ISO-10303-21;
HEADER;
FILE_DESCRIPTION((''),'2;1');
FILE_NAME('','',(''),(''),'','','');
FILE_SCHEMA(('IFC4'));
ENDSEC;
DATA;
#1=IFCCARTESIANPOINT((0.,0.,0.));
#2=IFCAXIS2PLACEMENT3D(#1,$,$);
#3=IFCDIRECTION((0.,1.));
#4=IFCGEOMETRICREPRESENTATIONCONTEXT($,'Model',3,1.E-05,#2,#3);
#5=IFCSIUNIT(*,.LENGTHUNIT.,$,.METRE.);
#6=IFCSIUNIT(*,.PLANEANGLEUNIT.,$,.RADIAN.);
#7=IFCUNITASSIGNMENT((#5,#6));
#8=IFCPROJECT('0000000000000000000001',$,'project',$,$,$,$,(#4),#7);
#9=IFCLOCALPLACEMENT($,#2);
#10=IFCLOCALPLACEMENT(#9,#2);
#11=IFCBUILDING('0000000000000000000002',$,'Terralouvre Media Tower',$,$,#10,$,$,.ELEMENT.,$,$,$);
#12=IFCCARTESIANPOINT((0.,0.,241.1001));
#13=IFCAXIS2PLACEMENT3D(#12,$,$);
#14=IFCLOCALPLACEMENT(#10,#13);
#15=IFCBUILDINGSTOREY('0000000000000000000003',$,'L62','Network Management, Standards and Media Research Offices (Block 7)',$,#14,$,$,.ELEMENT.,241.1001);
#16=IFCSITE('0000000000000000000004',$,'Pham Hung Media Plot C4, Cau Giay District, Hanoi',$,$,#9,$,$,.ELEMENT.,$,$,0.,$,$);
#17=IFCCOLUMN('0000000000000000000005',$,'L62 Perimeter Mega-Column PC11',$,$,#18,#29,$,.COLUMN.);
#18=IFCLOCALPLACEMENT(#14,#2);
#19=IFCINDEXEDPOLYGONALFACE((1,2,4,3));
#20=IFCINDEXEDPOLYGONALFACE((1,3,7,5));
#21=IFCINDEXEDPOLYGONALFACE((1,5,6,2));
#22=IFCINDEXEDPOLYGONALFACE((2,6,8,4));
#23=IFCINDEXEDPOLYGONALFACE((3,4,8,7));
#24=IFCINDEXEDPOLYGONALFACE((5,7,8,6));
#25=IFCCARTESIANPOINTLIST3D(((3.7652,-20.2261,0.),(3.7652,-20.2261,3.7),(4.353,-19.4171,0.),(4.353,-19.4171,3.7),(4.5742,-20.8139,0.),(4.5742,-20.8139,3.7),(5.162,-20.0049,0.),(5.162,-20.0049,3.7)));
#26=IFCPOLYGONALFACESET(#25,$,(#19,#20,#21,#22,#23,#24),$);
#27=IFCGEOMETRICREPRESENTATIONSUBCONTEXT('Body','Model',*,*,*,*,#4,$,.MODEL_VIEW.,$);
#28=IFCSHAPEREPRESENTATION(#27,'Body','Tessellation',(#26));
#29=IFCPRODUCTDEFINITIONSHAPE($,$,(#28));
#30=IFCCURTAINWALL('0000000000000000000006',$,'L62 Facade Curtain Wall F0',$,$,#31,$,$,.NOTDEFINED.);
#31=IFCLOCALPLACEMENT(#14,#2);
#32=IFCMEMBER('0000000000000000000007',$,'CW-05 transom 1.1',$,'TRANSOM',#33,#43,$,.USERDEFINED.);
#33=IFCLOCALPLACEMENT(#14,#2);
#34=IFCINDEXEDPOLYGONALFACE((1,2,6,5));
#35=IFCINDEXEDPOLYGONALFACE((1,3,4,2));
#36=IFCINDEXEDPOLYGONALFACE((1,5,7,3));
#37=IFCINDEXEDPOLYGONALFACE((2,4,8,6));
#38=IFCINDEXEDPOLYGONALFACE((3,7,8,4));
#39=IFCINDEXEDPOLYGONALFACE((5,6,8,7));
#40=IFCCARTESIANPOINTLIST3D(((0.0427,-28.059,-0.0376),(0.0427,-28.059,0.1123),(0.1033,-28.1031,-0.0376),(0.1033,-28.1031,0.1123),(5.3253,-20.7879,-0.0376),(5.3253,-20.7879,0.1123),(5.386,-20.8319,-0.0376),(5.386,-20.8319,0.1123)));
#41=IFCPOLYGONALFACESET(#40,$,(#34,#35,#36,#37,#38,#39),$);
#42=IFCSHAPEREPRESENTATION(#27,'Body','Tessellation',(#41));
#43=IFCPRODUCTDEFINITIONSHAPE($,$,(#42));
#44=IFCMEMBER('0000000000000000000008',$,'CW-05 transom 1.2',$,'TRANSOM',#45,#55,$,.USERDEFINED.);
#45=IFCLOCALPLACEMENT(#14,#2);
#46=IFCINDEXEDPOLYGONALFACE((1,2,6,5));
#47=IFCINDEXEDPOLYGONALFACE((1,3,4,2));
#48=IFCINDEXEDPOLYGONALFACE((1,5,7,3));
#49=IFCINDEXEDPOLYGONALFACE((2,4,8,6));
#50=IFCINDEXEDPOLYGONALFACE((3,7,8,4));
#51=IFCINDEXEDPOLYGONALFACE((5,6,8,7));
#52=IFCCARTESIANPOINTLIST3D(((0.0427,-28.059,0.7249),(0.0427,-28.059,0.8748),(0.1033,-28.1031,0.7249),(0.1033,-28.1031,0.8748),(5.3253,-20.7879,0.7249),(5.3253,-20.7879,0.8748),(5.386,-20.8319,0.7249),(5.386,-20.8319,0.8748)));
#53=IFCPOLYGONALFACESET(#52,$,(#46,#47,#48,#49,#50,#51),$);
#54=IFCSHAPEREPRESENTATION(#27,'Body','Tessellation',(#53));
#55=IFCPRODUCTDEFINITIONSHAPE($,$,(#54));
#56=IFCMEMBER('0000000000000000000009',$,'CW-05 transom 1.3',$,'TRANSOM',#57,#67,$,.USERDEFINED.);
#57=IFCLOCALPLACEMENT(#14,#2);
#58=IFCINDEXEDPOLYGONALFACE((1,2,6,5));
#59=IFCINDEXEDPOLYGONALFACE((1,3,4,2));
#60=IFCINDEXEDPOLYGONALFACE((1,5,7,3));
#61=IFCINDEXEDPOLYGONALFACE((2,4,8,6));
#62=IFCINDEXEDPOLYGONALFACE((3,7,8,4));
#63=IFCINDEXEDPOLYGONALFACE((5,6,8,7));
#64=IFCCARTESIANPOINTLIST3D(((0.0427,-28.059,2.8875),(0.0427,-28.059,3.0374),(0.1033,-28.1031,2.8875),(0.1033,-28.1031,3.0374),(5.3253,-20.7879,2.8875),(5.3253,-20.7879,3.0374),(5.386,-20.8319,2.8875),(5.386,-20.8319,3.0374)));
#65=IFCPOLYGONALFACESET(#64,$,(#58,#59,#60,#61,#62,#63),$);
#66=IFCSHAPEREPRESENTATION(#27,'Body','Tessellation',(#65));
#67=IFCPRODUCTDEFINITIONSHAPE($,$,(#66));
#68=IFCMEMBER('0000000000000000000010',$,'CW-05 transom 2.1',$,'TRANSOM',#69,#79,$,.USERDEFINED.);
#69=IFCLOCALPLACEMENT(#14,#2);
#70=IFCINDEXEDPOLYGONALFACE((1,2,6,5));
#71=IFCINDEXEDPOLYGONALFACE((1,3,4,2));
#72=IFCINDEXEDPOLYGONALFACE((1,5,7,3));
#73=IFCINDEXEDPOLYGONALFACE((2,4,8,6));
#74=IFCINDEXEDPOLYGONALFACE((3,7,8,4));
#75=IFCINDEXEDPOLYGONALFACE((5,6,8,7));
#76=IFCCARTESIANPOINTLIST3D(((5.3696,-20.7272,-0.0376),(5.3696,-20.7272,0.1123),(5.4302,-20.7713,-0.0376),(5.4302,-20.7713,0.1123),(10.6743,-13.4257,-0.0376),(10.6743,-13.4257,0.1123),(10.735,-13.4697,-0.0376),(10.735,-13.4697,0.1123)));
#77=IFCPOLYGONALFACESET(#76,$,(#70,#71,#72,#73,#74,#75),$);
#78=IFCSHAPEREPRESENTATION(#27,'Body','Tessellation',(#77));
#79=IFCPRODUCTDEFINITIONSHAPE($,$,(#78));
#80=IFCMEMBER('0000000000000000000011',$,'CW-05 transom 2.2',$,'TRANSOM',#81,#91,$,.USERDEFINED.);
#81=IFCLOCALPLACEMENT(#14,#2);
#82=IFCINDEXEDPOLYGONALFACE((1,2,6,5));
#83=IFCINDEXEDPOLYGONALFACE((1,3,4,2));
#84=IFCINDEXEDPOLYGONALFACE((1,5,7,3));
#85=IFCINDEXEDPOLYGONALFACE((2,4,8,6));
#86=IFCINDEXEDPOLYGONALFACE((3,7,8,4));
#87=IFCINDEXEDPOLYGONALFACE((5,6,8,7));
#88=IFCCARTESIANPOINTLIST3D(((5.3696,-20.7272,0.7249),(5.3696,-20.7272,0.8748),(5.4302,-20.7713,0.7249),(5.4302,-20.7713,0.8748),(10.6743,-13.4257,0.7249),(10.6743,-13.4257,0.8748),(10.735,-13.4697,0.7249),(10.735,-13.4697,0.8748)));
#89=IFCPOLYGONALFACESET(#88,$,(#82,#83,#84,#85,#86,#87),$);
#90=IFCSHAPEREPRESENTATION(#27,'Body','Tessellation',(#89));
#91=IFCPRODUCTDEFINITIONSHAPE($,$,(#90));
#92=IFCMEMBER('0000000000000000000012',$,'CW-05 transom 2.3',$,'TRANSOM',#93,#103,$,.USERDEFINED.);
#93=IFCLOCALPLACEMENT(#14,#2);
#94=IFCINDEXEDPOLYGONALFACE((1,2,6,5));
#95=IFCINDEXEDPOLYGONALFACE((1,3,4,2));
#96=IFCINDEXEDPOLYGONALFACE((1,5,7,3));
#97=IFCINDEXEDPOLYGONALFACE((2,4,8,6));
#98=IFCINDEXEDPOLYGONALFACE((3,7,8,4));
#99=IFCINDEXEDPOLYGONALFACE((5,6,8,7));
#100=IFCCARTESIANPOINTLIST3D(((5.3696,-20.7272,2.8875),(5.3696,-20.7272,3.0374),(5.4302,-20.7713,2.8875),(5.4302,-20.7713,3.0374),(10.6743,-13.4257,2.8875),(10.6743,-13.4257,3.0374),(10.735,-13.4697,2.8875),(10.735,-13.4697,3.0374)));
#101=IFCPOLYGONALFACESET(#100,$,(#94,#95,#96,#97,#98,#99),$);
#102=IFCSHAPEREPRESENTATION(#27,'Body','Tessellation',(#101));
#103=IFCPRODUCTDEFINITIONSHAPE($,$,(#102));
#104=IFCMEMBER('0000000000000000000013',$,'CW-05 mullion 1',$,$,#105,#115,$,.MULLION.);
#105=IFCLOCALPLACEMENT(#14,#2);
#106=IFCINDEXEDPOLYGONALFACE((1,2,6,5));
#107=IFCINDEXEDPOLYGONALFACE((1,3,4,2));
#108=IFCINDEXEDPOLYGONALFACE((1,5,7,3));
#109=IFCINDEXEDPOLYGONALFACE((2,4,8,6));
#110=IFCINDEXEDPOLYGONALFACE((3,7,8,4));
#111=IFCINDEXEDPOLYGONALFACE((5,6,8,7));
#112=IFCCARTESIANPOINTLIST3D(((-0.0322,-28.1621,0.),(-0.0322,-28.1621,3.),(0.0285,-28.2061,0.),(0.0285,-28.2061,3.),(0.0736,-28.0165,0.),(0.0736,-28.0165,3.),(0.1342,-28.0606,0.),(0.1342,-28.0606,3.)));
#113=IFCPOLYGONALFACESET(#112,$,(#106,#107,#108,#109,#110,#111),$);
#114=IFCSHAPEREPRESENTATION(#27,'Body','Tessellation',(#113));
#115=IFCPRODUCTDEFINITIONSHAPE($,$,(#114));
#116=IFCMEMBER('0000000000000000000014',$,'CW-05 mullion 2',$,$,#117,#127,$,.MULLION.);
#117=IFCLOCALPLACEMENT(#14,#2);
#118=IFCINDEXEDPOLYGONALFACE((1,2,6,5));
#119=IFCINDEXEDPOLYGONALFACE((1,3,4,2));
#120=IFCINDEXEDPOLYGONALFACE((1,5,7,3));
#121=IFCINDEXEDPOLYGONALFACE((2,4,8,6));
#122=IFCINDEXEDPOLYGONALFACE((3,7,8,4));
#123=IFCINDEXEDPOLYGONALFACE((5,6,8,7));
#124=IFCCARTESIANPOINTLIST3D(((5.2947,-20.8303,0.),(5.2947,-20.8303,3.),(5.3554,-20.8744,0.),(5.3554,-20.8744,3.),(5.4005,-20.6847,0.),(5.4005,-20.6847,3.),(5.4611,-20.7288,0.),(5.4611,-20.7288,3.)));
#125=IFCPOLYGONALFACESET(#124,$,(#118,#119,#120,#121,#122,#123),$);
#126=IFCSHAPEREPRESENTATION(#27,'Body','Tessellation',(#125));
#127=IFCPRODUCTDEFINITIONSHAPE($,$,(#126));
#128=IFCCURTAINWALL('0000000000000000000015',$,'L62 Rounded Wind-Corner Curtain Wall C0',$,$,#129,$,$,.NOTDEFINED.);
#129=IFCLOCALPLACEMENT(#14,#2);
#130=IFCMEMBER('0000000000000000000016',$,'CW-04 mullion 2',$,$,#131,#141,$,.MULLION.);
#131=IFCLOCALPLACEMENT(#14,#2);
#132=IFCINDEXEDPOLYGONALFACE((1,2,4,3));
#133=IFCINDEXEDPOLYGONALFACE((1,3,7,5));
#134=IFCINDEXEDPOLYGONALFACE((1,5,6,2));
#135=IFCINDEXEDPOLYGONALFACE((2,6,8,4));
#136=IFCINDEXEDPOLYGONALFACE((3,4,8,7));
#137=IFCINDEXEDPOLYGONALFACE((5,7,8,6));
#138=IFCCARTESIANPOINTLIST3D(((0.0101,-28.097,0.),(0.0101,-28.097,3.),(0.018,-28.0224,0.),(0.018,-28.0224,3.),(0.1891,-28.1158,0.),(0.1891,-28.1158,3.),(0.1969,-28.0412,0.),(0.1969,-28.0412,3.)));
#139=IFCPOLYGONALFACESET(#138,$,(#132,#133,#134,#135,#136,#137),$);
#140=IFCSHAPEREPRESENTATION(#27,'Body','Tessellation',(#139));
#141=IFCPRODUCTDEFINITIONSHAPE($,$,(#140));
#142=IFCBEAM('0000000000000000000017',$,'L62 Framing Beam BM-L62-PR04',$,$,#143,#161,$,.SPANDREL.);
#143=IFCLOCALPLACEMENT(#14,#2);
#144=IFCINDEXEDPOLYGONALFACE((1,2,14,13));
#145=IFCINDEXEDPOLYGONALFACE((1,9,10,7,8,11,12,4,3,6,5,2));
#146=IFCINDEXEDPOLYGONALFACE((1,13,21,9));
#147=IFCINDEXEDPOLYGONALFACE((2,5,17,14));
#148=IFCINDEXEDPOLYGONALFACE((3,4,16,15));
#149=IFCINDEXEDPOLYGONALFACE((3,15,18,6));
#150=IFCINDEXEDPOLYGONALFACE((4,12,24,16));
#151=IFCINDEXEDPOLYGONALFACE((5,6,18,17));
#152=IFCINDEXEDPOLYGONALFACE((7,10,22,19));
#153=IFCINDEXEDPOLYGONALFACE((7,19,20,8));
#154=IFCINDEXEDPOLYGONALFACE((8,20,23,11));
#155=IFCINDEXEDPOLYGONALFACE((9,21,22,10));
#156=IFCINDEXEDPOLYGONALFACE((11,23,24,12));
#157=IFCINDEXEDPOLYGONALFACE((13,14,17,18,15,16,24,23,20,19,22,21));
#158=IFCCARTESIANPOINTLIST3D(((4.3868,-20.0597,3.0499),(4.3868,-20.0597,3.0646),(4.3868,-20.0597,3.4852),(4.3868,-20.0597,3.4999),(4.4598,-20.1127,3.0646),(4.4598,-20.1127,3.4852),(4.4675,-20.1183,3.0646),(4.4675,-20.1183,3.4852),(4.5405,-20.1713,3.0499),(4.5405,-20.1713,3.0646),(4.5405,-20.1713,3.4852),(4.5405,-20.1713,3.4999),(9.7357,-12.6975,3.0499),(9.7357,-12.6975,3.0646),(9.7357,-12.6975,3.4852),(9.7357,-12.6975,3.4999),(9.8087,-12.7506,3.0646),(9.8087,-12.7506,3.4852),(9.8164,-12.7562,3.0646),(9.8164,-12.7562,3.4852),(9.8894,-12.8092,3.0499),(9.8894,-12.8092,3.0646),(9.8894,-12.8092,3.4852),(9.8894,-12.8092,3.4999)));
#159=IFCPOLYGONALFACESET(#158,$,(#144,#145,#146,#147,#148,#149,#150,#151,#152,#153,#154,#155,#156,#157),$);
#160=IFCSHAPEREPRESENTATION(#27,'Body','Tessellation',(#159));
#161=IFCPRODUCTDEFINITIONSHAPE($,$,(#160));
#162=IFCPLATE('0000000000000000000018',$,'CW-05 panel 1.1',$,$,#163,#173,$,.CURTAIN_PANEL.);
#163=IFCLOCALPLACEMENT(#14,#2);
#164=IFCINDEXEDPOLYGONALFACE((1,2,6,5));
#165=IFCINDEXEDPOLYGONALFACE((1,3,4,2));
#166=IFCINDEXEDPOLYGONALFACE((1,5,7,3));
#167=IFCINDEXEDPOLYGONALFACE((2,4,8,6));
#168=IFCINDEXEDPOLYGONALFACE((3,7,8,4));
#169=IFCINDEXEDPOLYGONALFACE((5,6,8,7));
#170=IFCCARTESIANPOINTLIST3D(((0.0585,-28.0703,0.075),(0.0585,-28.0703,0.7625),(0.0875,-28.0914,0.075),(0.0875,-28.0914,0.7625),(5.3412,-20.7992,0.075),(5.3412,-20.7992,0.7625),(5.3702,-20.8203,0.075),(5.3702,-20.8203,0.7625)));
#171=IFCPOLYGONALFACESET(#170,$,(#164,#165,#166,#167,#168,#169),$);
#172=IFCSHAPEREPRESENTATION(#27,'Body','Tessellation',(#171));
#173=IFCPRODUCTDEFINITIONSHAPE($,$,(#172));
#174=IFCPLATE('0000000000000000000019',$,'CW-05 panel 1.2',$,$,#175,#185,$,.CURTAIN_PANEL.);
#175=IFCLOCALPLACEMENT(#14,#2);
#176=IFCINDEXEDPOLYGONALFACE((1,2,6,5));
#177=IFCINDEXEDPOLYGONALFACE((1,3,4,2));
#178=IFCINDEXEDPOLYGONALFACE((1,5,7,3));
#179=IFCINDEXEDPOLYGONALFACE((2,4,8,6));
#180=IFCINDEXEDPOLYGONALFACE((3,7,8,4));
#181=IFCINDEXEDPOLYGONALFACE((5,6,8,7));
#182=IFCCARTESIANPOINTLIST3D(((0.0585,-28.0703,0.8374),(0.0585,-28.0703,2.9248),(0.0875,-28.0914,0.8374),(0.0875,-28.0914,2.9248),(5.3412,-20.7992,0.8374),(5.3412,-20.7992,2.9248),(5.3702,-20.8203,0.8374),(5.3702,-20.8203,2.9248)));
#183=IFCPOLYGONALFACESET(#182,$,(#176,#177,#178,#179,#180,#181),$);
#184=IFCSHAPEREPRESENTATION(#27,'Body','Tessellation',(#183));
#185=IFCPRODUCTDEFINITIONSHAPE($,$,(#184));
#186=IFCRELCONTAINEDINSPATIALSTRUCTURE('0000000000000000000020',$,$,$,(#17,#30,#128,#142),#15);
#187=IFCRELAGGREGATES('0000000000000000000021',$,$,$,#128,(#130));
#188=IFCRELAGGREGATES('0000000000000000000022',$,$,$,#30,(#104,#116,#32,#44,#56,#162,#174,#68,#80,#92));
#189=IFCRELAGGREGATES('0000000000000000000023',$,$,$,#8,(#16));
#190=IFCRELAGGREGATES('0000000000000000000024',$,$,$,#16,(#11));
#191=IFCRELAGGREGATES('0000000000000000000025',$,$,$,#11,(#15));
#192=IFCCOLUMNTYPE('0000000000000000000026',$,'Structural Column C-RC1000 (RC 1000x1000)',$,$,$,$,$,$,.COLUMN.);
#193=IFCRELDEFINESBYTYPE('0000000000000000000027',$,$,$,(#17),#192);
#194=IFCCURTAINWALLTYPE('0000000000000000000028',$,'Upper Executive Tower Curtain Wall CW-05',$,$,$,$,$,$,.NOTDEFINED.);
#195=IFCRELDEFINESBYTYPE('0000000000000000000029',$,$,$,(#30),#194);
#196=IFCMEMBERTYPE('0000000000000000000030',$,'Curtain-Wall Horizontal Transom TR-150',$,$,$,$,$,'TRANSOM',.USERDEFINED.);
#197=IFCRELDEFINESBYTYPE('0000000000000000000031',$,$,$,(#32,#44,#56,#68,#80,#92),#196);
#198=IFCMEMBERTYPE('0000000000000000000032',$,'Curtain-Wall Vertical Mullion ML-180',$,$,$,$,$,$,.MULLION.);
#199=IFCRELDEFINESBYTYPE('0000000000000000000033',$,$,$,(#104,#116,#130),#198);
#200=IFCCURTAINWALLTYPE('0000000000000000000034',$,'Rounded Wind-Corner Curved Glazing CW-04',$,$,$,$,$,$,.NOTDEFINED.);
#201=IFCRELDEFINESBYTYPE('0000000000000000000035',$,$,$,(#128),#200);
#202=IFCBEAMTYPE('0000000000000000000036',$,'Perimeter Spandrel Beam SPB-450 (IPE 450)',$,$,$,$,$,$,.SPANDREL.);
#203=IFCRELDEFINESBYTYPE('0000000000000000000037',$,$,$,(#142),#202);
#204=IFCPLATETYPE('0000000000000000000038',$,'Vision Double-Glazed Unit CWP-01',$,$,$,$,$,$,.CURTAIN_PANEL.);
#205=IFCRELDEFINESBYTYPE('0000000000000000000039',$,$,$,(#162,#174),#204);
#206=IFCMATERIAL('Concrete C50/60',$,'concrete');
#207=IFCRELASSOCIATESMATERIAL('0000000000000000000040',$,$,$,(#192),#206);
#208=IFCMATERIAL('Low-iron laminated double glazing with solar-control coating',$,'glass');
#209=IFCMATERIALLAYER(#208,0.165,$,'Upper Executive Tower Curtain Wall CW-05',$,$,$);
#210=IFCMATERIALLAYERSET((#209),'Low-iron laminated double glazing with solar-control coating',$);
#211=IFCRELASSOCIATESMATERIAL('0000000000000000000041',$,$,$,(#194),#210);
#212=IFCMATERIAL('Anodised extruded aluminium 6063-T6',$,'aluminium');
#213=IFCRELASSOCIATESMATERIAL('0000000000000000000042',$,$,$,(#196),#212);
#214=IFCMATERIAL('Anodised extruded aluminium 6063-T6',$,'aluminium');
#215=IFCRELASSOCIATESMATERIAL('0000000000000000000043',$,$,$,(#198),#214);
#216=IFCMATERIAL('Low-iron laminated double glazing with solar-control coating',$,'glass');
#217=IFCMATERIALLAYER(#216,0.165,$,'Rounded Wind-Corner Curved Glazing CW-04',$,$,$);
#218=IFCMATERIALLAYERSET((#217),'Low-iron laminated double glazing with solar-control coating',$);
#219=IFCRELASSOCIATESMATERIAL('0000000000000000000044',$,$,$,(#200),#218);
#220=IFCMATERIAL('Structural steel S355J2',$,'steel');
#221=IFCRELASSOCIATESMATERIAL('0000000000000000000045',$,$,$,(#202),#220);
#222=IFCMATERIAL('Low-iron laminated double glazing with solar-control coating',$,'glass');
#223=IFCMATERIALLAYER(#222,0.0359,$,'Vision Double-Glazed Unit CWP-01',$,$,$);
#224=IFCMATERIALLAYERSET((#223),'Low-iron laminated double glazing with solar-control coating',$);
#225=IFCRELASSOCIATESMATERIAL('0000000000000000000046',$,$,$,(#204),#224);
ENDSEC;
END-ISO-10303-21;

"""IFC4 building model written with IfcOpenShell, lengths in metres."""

from ifc_helpers import new_model, si_unit, direction, frame, origin, origin_2d, place, context, subcontext, project, spatial, rectangle, i_section, extrude, material, layer, layer_set, material_profile, profile_set, type_object, element, aggregate, save


model = new_model("IFC4")

# Units and contexts
model_context = context("Model", 3, precision=1e-05, world=origin(), true_north=direction((0.0, 1.0)))
body_context = subcontext(model_context, "Body", "Model", "MODEL_VIEW")
ifc_project = project(units=[si_unit("LENGTHUNIT", "METRE"), si_unit("PLANEANGLEUNIT", "RADIAN")], contexts=[model_context])

# Site, building, storey
site_placement = place(None, origin())
site = spatial("IfcSite", under=ifc_project, at=site_placement, Name="Pham Hung Media Plot C4, Cau Giay District, Hanoi", CompositionType="ELEMENT", RefElevation=0.0)
building_placement = place(site_placement, origin())
building = spatial("IfcBuilding", under=site, at=building_placement, Name="Terralouvre Media Tower", CompositionType="ELEMENT")
storey_placement = place(building_placement, frame((0.0, 0.0, 241.1001)))
storey = spatial("IfcBuildingStorey", under=building, at=storey_placement, Name="L62", Description="Network Management, Standards and Media Research Offices (Block 7)", CompositionType="ELEMENT", Elevation=241.1001)

# Column
ifc_material_1 = material(Name="Concrete C50/60", Category="concrete")
ifc_material_profile_1 = material_profile(ifc_material_1, rectangle(XDim=1.0, YDim=1.0, at=origin_2d()), Name="RC 1000x1000")
ifc_profile_set_1 = profile_set([ifc_material_profile_1], Name="Concrete C50/60")
column_type = type_object("IfcColumnType", Name="Structural Column C-RC1000 (RC 1000x1000)", PredefinedType="COLUMN", material=ifc_profile_set_1)
column_placement = place(storey_placement, frame((4.4636, -20.1155, 0.0), z_axis=(0.0, 0.0, 1.0), x_axis=(0.587785, 0.809017, 0.0)))
element("IfcColumn", 1, at=column_placement, inside=storey, type_object=column_type, Name="L62 Perimeter Mega-Column PC11", PredefinedType="COLUMN", context=body_context, shape_type="SweptSolid", body=[
    extrude(rectangle(XDim=1.0, YDim=1.0, at=origin_2d()), origin(), (0.0, 0.0, 1.0), 3.7),
])

# Curtain wall, members
ifc_material_2 = material(Name="Low-iron laminated double glazing with solar-control coating", Category="glass")
ifc_layer_1 = layer(ifc_material_2, 0.165, Name="Upper Executive Tower Curtain Wall CW-05")
ifc_layer_set_1 = layer_set([ifc_layer_1], Name="Low-iron laminated double glazing with solar-control coating")
curtain_wall_type_1 = type_object("IfcCurtainWallType", Name="Upper Executive Tower Curtain Wall CW-05", PredefinedType="NOTDEFINED", material=ifc_layer_set_1)
curtain_wall_1_placement = place(storey_placement, origin())
curtain_wall_1 = element("IfcCurtainWall", 2, at=curtain_wall_1_placement, inside=storey, type_object=curtain_wall_type_1, Name="L62 Facade Curtain Wall F0", PredefinedType="NOTDEFINED")
ifc_material_3 = material(Name="Anodised extruded aluminium 6063-T6", Category="aluminium")
ifc_material_profile_2 = material_profile(ifc_material_3, rectangle(XDim=0.075, YDim=0.1499, at=origin_2d()), Name="ALU 75x150")
ifc_profile_set_2 = profile_set([ifc_material_profile_2], Name="Anodised extruded aluminium 6063-T6")
member_type_1 = type_object("IfcMemberType", Name="Curtain-Wall Horizontal Transom TR-150", ElementType="TRANSOM", PredefinedType="USERDEFINED", material=ifc_profile_set_2)
member_1_placement = place(storey_placement, frame((0.073, -28.0811, 0.0374), z_axis=(0.587774, 0.809025, 0.0), x_axis=(-0.809025, 0.587774, 0.0)))
member_1 = element("IfcMember", 3, at=member_1_placement, type_object=member_type_1, Name="CW-05 transom 1.1", ObjectType="TRANSOM", PredefinedType="USERDEFINED", context=body_context, shape_type="SweptSolid", body=[
    extrude(rectangle(XDim=0.075, YDim=0.1499, at=origin_2d()), origin(), (0.0, 0.0, 1.0), 8.9875),
])
member_2_placement = place(storey_placement, frame((0.073, -28.0811, 0.7998), z_axis=(0.587774, 0.809025, 0.0), x_axis=(-0.809025, 0.587774, 0.0)))
member_2 = element("IfcMember", 4, at=member_2_placement, type_object=member_type_1, Name="CW-05 transom 1.2", ObjectType="TRANSOM", PredefinedType="USERDEFINED", context=body_context, shape_type="SweptSolid", body=[
    extrude(rectangle(XDim=0.075, YDim=0.1499, at=origin_2d()), origin(), (0.0, 0.0, 1.0), 8.9875),
])
member_3_placement = place(storey_placement, frame((0.073, -28.0811, 2.9624), z_axis=(0.587774, 0.809025, 0.0), x_axis=(-0.809025, 0.587774, 0.0)))
member_3 = element("IfcMember", 5, at=member_3_placement, type_object=member_type_1, Name="CW-05 transom 1.3", ObjectType="TRANSOM", PredefinedType="USERDEFINED", context=body_context, shape_type="SweptSolid", body=[
    extrude(rectangle(XDim=0.075, YDim=0.1499, at=origin_2d()), origin(), (0.0, 0.0, 1.0), 8.9875),
])
member_4_placement = place(storey_placement, frame((5.3999, -20.7493, 0.0374), z_axis=(0.587773, 0.809026, 0.0), x_axis=(-0.809026, 0.587773, 0.0)))
member_4 = element("IfcMember", 6, at=member_4_placement, type_object=member_type_1, Name="CW-05 transom 2.1", ObjectType="TRANSOM", PredefinedType="USERDEFINED", context=body_context, shape_type="SweptSolid", body=[
    extrude(rectangle(XDim=0.075, YDim=0.1499, at=origin_2d()), origin(), (0.0, 0.0, 1.0), 9.0251),
])
member_5_placement = place(storey_placement, frame((5.3999, -20.7493, 0.7998), z_axis=(0.587773, 0.809026, 0.0), x_axis=(-0.809026, 0.587773, 0.0)))
member_5 = element("IfcMember", 7, at=member_5_placement, type_object=member_type_1, Name="CW-05 transom 2.2", ObjectType="TRANSOM", PredefinedType="USERDEFINED", context=body_context, shape_type="SweptSolid", body=[
    extrude(rectangle(XDim=0.075, YDim=0.1499, at=origin_2d()), origin(), (0.0, 0.0, 1.0), 9.0251),
])
member_6_placement = place(storey_placement, frame((5.3999, -20.7493, 2.9624), z_axis=(0.587773, 0.809026, 0.0), x_axis=(-0.809026, 0.587773, 0.0)))
member_6 = element("IfcMember", 8, at=member_6_placement, type_object=member_type_1, Name="CW-05 transom 2.3", ObjectType="TRANSOM", PredefinedType="USERDEFINED", context=body_context, shape_type="SweptSolid", body=[
    extrude(rectangle(XDim=0.075, YDim=0.1499, at=origin_2d()), origin(), (0.0, 0.0, 1.0), 9.0251),
])
ifc_material_4 = material(Name="Anodised extruded aluminium 6063-T6", Category="aluminium")
ifc_material_profile_3 = material_profile(ifc_material_4, rectangle(XDim=0.075, YDim=0.1799, at=origin_2d()), Name="ALU 75x180")
ifc_profile_set_3 = profile_set([ifc_material_profile_3], Name="Anodised extruded aluminium 6063-T6")
member_type_2 = type_object("IfcMemberType", Name="Curtain-Wall Vertical Mullion ML-180", PredefinedType="MULLION", material=ifc_profile_set_3)
member_7_placement = place(storey_placement, frame((0.051, -28.1113, 0.0), z_axis=(0.0, 0.0, 1.0), x_axis=(-0.809017, 0.587785, 0.0)))
member_7 = element("IfcMember", 9, at=member_7_placement, type_object=member_type_2, Name="CW-05 mullion 1", PredefinedType="MULLION", context=body_context, shape_type="SweptSolid", body=[
    extrude(rectangle(XDim=0.075, YDim=0.1799, at=origin_2d()), origin(), (0.0, 0.0, 1.0), 3.0),
])
member_8_placement = place(storey_placement, frame((5.3779, -20.7795, 0.0), z_axis=(0.0, 0.0, 1.0), x_axis=(-0.809017, 0.587785, 0.0)))
member_8 = element("IfcMember", 10, at=member_8_placement, type_object=member_type_2, Name="CW-05 mullion 2", PredefinedType="MULLION", context=body_context, shape_type="SweptSolid", body=[
    extrude(rectangle(XDim=0.075, YDim=0.1799, at=origin_2d()), origin(), (0.0, 0.0, 1.0), 3.0),
])

# Curtain wall, member
ifc_material_5 = material(Name="Low-iron laminated double glazing with solar-control coating", Category="glass")
ifc_layer_2 = layer(ifc_material_5, 0.165, Name="Rounded Wind-Corner Curved Glazing CW-04")
ifc_layer_set_2 = layer_set([ifc_layer_2], Name="Low-iron laminated double glazing with solar-control coating")
curtain_wall_type_2 = type_object("IfcCurtainWallType", Name="Rounded Wind-Corner Curved Glazing CW-04", PredefinedType="NOTDEFINED", material=ifc_layer_set_2)
curtain_wall_2_placement = place(storey_placement, origin())
curtain_wall_2 = element("IfcCurtainWall", 11, at=curtain_wall_2_placement, inside=storey, type_object=curtain_wall_type_2, Name="L62 Rounded Wind-Corner Curtain Wall C0", PredefinedType="NOTDEFINED")
member_9_placement = place(storey_placement, frame((0.1035, -28.0691, 0.0), z_axis=(0.0, 0.0, 1.0), x_axis=(0.104528, 0.994522, 0.0)))
member_9 = element("IfcMember", 12, at=member_9_placement, type_object=member_type_2, Name="CW-04 mullion 2", PredefinedType="MULLION", context=body_context, shape_type="SweptSolid", body=[
    extrude(rectangle(XDim=0.075, YDim=0.1799, at=origin_2d()), origin(), (0.0, 0.0, 1.0), 3.0),
])
aggregate(curtain_wall_2, [member_9])

# Beam
ifc_material_6 = material(Name="Structural steel S355J2", Category="steel")
ifc_material_profile_4 = material_profile(ifc_material_6, i_section(OverallWidth=0.1899, OverallDepth=0.45, WebThickness=0.0095, FlangeThickness=0.0146, at=origin_2d()), Name="IPE 450")
ifc_profile_set_4 = profile_set([ifc_material_profile_4], Name="Structural steel S355J2")
beam_type = type_object("IfcBeamType", Name="Perimeter Spandrel Beam SPB-450 (IPE 450)", PredefinedType="SPANDREL", material=ifc_profile_set_4)
beam_placement = place(storey_placement, frame((4.4636, -20.1155, 3.2749), z_axis=(0.587787, 0.809016, 0.0), x_axis=(-0.809016, 0.587787, 0.0)))
element("IfcBeam", 13, at=beam_placement, inside=storey, type_object=beam_type, Name="L62 Framing Beam BM-L62-PR04", PredefinedType="SPANDREL", context=body_context, shape_type="SweptSolid", body=[
    extrude(i_section(OverallWidth=0.1899, OverallDepth=0.45, WebThickness=0.0095, FlangeThickness=0.0146, at=origin_2d()), origin(), (0.0, 0.0, 1.0), 9.1001),
])

# Plates
ifc_material_7 = material(Name="Low-iron laminated double glazing with solar-control coating", Category="glass")
ifc_layer_3 = layer(ifc_material_7, 0.0359, Name="Vision Double-Glazed Unit CWP-01")
ifc_layer_set_3 = layer_set([ifc_layer_3], Name="Low-iron laminated double glazing with solar-control coating")
plate_type = type_object("IfcPlateType", Name="Vision Double-Glazed Unit CWP-01", PredefinedType="CURTAIN_PANEL", material=ifc_layer_set_3)
plate_1_placement = place(storey_placement, frame((2.7144, -24.4453, 0.075), z_axis=(0.0, 0.0, 1.0), x_axis=(0.587785, 0.809017, 0.0)))
plate_1 = element("IfcPlate", 14, at=plate_1_placement, type_object=plate_type, Name="CW-05 panel 1.1", PredefinedType="CURTAIN_PANEL", context=body_context, shape_type="SweptSolid", body=[
    extrude(rectangle(XDim=8.9875, YDim=0.0359, at=origin_2d()), origin(), (0.0, 0.0, 1.0), 0.6875),
])
plate_2_placement = place(storey_placement, frame((2.7144, -24.4453, 0.8374), z_axis=(0.0, 0.0, 1.0), x_axis=(0.587785, 0.809017, 0.0)))
plate_2 = element("IfcPlate", 15, at=plate_2_placement, type_object=plate_type, Name="CW-05 panel 1.2", PredefinedType="CURTAIN_PANEL", context=body_context, shape_type="SweptSolid", body=[
    extrude(rectangle(XDim=8.9875, YDim=0.0359, at=origin_2d()), origin(), (0.0, 0.0, 1.0), 2.0874),
])
aggregate(curtain_wall_1, [member_7, member_8, member_1, member_2, member_3, plate_1, plate_2, member_4, member_5, member_6])

save(model, "model.ifc")
